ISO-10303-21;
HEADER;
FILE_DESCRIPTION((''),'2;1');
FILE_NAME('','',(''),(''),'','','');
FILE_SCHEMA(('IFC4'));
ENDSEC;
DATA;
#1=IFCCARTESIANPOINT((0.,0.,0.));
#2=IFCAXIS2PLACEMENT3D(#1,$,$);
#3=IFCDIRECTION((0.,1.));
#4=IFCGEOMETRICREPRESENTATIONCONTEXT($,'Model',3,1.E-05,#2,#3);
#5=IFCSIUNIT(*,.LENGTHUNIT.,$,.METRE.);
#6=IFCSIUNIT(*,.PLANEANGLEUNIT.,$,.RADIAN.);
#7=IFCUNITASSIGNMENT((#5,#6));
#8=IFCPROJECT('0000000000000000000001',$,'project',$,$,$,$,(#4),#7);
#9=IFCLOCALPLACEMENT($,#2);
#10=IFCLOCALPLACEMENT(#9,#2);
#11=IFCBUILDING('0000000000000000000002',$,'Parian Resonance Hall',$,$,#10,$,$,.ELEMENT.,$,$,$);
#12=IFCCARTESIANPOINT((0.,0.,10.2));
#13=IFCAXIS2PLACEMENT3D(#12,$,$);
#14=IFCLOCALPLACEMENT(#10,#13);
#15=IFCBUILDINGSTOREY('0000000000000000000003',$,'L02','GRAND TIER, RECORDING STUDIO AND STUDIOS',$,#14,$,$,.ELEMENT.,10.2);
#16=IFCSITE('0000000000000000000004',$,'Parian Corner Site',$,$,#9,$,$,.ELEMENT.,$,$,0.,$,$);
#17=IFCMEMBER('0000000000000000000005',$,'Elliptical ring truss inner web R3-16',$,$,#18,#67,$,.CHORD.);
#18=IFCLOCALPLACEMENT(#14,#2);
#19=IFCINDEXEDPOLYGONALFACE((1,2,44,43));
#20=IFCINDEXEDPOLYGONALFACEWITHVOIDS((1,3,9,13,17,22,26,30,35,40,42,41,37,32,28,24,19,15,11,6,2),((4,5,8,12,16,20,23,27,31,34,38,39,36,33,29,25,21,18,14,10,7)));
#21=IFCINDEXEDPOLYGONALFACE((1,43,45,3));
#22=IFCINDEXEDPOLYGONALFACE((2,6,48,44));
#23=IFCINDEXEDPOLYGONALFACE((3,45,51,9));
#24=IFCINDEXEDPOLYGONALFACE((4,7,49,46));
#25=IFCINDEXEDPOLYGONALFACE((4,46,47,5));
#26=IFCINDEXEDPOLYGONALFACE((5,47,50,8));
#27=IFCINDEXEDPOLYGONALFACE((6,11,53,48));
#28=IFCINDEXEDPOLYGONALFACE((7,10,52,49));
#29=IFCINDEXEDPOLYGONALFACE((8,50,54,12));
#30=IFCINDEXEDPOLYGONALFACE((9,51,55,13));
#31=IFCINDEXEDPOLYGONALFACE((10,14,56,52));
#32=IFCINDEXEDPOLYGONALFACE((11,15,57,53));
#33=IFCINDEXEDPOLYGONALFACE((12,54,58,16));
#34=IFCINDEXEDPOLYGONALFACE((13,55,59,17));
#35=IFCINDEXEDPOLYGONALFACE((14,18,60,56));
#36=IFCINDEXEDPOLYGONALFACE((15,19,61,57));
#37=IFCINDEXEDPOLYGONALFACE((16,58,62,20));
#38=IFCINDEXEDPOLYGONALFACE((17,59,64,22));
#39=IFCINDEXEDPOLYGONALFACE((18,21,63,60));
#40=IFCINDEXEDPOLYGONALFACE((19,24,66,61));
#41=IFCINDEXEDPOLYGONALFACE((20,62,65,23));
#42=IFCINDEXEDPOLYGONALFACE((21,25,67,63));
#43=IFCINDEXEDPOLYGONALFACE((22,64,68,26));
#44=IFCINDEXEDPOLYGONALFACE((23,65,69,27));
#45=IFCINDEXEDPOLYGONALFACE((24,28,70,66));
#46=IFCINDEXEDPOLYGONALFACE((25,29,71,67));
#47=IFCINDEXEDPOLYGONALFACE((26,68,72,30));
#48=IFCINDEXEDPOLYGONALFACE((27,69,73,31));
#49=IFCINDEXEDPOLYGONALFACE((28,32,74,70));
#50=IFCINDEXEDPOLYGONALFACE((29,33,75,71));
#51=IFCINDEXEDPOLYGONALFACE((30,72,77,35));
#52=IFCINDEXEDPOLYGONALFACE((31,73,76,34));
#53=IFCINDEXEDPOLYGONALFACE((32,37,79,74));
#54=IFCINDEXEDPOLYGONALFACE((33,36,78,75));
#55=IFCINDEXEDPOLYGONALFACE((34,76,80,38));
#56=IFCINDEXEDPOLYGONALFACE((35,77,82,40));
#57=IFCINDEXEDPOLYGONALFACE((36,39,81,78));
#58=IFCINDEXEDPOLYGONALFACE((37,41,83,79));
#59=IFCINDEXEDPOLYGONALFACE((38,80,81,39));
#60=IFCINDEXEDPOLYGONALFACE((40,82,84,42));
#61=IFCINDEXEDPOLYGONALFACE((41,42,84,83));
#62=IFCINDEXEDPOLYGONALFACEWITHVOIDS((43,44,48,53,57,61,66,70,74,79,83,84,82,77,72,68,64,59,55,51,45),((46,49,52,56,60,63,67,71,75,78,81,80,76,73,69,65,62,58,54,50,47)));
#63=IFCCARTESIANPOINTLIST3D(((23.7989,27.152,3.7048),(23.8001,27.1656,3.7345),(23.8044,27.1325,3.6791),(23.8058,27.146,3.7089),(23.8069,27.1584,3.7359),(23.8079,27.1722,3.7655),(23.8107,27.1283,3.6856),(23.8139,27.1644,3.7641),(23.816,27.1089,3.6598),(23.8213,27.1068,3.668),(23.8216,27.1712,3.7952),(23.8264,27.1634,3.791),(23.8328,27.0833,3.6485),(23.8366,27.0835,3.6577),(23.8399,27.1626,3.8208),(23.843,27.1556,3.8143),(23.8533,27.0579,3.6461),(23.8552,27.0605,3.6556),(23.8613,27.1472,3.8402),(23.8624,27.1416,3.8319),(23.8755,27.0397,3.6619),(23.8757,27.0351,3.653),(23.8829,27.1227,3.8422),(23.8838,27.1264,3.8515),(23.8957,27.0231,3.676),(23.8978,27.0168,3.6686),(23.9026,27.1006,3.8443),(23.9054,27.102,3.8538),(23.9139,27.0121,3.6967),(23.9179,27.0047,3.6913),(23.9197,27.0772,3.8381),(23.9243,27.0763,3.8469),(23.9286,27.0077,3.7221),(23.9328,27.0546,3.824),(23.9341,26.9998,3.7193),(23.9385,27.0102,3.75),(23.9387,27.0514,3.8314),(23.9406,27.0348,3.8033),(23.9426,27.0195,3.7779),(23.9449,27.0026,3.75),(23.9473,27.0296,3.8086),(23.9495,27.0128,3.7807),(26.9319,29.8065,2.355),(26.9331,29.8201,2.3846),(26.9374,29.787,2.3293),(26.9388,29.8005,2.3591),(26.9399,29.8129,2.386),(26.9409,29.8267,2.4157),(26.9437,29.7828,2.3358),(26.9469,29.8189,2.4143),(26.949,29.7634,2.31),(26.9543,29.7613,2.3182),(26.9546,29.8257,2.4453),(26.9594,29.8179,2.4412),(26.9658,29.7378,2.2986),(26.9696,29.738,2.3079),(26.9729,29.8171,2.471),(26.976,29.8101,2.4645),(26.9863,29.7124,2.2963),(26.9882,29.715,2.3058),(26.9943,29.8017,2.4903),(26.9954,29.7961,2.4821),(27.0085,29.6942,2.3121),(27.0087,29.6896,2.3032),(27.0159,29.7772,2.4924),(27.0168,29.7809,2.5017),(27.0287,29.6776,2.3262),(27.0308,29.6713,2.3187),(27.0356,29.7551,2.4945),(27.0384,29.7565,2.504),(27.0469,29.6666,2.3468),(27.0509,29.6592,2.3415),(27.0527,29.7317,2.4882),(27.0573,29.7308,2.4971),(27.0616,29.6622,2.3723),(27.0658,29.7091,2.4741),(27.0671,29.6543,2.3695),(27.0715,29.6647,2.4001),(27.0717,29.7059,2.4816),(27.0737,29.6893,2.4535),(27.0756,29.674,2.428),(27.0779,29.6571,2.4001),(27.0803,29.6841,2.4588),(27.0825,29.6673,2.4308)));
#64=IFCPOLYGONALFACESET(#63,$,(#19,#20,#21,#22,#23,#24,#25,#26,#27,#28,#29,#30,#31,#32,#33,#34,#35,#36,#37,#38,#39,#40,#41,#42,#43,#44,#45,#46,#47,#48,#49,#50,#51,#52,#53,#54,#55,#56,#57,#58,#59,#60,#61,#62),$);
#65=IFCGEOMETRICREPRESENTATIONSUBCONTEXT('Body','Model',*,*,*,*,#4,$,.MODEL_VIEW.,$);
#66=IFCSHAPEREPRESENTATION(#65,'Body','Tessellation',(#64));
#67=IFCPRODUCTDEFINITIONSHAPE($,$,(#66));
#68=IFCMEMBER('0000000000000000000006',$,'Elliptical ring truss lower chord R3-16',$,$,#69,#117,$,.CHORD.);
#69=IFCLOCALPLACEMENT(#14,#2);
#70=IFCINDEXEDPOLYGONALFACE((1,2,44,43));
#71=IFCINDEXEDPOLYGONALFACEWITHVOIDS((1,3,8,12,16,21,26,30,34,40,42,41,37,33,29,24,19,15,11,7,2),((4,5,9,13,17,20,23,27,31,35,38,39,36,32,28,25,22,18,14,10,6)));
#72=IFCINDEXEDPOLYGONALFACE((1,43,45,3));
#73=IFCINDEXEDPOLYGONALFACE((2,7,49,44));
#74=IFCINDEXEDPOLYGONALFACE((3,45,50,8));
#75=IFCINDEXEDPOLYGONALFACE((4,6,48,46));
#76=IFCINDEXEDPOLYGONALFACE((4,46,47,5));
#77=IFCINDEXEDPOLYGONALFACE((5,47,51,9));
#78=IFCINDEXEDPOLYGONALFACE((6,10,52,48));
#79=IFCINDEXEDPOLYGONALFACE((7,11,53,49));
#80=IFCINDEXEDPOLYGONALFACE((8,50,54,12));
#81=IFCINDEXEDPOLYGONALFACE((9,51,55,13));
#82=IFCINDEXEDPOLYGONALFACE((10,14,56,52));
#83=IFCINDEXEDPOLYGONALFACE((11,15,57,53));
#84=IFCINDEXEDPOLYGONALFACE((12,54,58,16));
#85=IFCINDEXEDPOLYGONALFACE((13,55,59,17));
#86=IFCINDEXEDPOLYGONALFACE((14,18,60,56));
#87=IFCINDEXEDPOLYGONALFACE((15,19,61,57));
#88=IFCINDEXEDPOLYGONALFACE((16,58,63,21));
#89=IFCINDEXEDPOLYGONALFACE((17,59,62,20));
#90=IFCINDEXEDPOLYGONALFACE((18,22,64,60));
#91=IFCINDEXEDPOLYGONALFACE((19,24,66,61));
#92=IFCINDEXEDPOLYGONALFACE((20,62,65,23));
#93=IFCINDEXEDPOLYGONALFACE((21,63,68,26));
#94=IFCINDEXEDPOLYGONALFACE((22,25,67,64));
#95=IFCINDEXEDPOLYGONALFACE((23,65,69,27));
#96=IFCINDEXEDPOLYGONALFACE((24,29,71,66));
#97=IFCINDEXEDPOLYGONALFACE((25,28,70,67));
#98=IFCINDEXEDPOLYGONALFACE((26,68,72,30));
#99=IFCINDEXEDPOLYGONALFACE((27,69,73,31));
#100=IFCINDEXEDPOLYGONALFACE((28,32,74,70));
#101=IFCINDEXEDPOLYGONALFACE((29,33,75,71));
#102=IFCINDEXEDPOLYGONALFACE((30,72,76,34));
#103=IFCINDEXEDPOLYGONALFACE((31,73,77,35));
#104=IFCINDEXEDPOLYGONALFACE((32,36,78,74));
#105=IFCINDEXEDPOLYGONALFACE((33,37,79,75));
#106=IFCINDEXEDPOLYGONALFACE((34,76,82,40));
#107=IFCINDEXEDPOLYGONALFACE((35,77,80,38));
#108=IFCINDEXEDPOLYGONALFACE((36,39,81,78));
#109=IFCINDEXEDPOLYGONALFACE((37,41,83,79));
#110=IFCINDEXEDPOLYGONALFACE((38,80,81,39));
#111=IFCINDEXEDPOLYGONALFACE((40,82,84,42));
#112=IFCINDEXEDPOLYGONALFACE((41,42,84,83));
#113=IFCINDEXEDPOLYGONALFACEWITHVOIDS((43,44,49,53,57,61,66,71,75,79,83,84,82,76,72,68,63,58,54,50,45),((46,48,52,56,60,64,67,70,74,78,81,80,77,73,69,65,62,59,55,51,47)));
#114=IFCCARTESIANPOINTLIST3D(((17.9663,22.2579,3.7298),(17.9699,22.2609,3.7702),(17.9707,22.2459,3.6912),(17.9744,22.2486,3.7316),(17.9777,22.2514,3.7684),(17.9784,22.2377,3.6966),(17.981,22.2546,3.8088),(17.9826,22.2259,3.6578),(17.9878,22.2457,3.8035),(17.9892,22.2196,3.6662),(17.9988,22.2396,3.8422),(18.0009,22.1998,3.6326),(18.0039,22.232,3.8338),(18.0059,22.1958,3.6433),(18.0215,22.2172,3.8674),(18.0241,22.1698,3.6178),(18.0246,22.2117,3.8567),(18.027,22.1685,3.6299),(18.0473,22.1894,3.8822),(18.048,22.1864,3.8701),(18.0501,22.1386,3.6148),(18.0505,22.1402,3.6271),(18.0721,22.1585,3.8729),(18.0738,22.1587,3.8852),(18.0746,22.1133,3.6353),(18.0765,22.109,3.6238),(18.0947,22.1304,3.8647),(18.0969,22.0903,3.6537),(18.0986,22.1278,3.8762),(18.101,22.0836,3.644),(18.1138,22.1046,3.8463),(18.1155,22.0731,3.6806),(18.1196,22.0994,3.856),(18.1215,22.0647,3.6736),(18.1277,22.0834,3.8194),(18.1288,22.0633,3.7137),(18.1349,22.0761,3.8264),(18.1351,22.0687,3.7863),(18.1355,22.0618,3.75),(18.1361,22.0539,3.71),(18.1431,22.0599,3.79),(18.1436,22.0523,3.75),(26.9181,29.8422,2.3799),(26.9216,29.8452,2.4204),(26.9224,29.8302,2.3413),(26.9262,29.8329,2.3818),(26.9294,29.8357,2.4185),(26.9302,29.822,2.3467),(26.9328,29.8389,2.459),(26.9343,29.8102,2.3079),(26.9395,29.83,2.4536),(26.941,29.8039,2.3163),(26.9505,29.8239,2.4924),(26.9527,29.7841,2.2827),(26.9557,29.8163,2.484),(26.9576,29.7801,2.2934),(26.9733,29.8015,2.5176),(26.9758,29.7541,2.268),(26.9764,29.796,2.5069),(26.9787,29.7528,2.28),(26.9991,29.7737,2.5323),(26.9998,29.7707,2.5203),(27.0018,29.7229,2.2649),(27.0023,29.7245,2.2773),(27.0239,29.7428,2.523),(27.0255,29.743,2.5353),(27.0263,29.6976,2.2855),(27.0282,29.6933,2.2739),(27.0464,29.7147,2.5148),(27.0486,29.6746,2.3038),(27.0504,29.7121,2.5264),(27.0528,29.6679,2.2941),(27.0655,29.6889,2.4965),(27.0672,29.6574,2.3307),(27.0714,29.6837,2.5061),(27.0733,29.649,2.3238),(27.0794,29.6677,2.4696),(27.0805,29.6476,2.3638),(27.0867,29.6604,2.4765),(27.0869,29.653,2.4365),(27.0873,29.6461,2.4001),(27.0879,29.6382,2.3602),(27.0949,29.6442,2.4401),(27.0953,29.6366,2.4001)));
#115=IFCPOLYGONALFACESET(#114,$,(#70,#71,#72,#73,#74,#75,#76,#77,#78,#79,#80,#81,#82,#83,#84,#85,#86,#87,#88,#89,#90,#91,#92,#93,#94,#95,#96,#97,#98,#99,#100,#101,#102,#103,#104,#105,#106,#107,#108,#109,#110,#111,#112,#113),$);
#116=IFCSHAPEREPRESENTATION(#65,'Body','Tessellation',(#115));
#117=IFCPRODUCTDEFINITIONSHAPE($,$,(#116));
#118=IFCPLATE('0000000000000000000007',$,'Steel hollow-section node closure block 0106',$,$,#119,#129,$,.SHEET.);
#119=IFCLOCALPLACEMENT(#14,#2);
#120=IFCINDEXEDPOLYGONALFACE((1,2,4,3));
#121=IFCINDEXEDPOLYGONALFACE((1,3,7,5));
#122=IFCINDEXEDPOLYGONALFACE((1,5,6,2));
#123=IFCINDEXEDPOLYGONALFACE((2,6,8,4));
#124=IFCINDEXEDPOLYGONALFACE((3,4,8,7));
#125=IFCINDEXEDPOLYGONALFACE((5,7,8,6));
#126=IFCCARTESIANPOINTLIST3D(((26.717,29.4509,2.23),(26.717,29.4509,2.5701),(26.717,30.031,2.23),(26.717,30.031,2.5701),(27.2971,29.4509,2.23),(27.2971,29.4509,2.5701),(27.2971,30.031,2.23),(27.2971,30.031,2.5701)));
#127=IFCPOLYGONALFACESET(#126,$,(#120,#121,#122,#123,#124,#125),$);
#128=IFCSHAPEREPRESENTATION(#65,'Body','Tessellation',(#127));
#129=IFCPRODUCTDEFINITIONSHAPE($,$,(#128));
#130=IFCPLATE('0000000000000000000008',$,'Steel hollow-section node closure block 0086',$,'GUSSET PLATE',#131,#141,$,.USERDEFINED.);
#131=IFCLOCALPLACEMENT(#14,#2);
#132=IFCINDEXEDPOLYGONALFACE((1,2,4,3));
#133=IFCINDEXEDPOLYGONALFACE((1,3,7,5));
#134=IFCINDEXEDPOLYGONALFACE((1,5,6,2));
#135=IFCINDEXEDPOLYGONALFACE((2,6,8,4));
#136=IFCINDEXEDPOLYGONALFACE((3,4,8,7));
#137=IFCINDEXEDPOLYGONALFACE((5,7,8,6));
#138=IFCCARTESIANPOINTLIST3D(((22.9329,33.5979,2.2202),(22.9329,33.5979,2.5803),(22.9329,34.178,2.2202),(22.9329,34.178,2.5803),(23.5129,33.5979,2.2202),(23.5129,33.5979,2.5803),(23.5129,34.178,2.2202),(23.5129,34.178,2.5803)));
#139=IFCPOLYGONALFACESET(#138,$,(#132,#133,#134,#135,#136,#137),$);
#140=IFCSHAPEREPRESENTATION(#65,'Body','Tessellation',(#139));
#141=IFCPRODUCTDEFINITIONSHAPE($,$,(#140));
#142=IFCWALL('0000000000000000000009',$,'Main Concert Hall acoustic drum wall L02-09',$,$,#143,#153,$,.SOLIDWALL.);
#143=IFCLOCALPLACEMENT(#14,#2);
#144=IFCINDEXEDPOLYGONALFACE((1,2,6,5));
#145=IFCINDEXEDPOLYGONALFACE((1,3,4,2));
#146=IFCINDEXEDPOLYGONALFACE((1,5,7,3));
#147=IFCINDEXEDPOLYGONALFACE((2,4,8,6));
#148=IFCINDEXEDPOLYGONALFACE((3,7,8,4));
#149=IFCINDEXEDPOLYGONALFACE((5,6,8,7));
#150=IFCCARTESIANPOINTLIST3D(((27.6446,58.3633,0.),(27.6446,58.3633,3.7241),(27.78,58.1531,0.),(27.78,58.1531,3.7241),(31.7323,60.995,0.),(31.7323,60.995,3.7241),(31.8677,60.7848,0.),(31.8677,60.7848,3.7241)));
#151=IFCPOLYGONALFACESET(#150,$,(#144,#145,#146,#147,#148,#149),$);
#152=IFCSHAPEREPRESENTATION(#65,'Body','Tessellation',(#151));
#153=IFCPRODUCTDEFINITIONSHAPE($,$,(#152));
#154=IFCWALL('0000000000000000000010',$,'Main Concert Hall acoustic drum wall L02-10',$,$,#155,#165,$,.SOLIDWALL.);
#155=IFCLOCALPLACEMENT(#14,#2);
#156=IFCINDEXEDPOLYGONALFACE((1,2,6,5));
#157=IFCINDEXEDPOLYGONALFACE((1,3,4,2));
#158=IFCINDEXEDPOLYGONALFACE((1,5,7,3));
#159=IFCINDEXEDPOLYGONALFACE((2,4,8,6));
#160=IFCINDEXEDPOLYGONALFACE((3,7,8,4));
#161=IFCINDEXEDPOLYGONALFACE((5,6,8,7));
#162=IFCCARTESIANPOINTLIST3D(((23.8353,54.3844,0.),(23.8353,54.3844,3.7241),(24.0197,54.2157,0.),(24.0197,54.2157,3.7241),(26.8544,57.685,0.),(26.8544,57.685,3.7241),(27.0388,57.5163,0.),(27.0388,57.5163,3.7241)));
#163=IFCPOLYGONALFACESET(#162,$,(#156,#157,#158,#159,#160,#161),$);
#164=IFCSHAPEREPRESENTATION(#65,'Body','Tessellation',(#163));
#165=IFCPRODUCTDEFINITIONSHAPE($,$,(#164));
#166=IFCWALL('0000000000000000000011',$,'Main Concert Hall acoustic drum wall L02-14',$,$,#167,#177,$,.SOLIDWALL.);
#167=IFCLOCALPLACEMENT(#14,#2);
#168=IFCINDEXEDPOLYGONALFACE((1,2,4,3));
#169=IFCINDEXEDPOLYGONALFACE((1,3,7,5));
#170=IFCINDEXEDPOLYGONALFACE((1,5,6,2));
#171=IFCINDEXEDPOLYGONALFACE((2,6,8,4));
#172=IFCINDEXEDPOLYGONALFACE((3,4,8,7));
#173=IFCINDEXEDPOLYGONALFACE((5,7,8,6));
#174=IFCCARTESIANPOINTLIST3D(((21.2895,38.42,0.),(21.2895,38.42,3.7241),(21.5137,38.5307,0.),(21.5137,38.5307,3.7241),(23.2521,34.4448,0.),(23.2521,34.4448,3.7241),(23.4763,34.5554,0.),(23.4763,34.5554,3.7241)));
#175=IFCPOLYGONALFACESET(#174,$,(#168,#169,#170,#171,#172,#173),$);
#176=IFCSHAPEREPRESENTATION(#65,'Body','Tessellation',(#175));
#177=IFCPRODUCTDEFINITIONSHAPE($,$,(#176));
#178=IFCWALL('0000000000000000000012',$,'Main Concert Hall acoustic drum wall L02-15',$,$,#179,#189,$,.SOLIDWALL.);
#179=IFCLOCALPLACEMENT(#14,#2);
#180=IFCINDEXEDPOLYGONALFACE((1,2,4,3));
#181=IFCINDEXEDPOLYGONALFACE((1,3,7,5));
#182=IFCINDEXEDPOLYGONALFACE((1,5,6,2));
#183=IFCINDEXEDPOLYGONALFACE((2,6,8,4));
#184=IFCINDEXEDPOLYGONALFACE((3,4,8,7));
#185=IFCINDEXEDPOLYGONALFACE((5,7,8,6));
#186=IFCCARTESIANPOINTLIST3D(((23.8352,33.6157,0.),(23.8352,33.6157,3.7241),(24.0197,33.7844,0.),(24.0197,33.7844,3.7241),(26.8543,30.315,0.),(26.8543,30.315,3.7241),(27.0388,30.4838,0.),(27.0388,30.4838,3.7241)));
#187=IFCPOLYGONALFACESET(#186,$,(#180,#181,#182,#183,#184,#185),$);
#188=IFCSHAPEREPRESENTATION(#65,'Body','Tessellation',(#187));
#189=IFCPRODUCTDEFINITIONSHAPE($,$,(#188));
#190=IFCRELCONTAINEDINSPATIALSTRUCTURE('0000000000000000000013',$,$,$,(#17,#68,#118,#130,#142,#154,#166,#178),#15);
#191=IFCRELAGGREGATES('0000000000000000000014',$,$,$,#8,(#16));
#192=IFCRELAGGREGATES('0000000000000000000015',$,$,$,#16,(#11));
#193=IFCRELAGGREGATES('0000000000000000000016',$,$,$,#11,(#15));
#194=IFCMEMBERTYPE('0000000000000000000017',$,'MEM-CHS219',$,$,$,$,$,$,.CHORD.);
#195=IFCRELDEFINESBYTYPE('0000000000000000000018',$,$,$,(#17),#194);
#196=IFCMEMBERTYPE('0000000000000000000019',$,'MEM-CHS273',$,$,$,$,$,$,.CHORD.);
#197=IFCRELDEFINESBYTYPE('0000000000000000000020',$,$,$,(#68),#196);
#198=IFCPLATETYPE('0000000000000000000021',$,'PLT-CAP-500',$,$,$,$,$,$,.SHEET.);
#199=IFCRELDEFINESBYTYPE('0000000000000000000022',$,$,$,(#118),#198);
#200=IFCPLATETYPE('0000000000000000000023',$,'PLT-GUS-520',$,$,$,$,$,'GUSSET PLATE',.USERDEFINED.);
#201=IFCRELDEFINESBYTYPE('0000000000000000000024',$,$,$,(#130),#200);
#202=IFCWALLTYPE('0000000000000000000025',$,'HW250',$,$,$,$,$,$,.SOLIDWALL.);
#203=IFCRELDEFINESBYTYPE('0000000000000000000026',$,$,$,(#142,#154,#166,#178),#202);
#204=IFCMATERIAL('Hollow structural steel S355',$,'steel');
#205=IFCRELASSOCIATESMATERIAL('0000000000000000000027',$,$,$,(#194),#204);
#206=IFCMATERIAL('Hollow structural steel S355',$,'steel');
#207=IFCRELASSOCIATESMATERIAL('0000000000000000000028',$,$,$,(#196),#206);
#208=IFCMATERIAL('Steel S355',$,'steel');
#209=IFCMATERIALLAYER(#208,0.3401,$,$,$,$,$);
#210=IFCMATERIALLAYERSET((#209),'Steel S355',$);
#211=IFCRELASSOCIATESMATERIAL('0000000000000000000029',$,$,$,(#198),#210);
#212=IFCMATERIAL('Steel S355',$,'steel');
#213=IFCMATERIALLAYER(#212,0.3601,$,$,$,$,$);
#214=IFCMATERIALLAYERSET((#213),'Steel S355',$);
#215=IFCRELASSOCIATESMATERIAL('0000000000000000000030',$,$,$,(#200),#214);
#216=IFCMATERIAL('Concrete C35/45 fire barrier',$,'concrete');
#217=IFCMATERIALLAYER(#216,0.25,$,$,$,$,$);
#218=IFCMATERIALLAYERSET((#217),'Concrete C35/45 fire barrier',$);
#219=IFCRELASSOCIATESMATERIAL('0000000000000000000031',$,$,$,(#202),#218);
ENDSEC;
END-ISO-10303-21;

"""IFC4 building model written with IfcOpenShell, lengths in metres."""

from ifc_helpers import new_model, si_unit, direction, frame, frame_2d, origin, origin_2d, place, context, subcontext, project, spatial, rectangle, hollow_circle, extrude, material, layer, layer_set, material_profile, profile_set, type_object, element, save


model = new_model("IFC4")

# Units and contexts
model_context = context("Model", 3, precision=1e-05, world=origin(), true_north=direction((0.0, 1.0)))
body_context = subcontext(model_context, "Body", "Model", "MODEL_VIEW")
ifc_project = project(units=[si_unit("LENGTHUNIT", "METRE"), si_unit("PLANEANGLEUNIT", "RADIAN")], contexts=[model_context])

# Site, building, storey
site_placement = place(None, origin())
site = spatial("IfcSite", under=ifc_project, at=site_placement, Name="Parian Corner Site", CompositionType="ELEMENT", RefElevation=0.0)
building_placement = place(site_placement, origin())
building = spatial("IfcBuilding", under=site, at=building_placement, Name="Parian Resonance Hall", CompositionType="ELEMENT")
storey_placement = place(building_placement, frame((0.0, 0.0, 10.2)))
storey = spatial("IfcBuildingStorey", under=building, at=storey_placement, Name="L02", Description="GRAND TIER, RECORDING STUDIO AND STUDIOS", CompositionType="ELEMENT", Elevation=10.2)

# Members
ifc_material_1 = material(Name="Hollow structural steel S355", Category="steel")
ifc_material_profile_1 = material_profile(ifc_material_1, hollow_circle(Radius=0.1096, WallThickness=0.01, at=origin_2d()), Name="CHS219.1x10")
ifc_profile_set_1 = profile_set([ifc_material_profile_1], Name="Hollow structural steel S355")
member_type_1 = type_object("IfcMemberType", Name="MEM-CHS219", PredefinedType="CHORD", material=ifc_profile_set_1)
member_1_placement = place(storey_placement, frame((27.0071, 29.7407, 2.4001), z_axis=(-0.724811, -0.61411, 0.312279), x_axis=(0.646438, -0.762967, 0.0)))
element("IfcMember", 1, at=member_1_placement, inside=storey, type_object=member_type_1, Name="Elliptical ring truss inner web R3-16", PredefinedType="CHORD", context=body_context, shape_type="SweptSolid", body=[
    extrude(hollow_circle(Radius=0.1096, WallThickness=0.01, at=origin_2d()), origin(), (0.0, 0.0, 1.0), 4.3225),
])
ifc_material_2 = material(Name="Hollow structural steel S355", Category="steel")
ifc_material_profile_2 = material_profile(ifc_material_2, hollow_circle(Radius=0.1365, WallThickness=0.0125, at=origin_2d()), Name="CHS273x12.5")
ifc_profile_set_2 = profile_set([ifc_material_profile_2], Name="Hollow structural steel S355")
member_type_2 = type_object("IfcMemberType", Name="MEM-CHS273", PredefinedType="CHORD", material=ifc_profile_set_2)
member_2_placement = place(storey_placement, frame((27.0071, 29.7407, 2.4001), z_axis=(-0.757976, -0.64219, 0.114298), x_axis=(0.646426, -0.762976, 0.0)))
element("IfcMember", 2, at=member_2_placement, inside=storey, type_object=member_type_2, Name="Elliptical ring truss lower chord R3-16", PredefinedType="CHORD", context=body_context, shape_type="SweptSolid", body=[
    extrude(hollow_circle(Radius=0.1365, WallThickness=0.0125, at=origin_2d()), origin(), (0.0, 0.0, 1.0), 11.8101),
])

# Plates
ifc_material_3 = material(Name="Steel S355", Category="steel")
ifc_layer_1 = layer(ifc_material_3, 0.3401)
ifc_layer_set_1 = layer_set([ifc_layer_1], Name="Steel S355")
plate_type_1 = type_object("IfcPlateType", Name="PLT-CAP-500", PredefinedType="SHEET", material=ifc_layer_set_1)
plate_1_placement = place(storey_placement, frame((27.0071, 29.741, 2.23), z_axis=(0.0, 0.0, 1.0), x_axis=(1.0, 0.0, 0.0)))
element("IfcPlate", 3, at=plate_1_placement, inside=storey, type_object=plate_type_1, Name="Steel hollow-section node closure block 0106", PredefinedType="SHEET", context=body_context, shape_type="SweptSolid", body=[
    extrude(rectangle(XDim=0.5801, YDim=0.5801, at=origin_2d()), origin(), (0.0, 0.0, 1.0), 0.3401),
])
ifc_material_4 = material(Name="Steel S355", Category="steel")
ifc_layer_2 = layer(ifc_material_4, 0.3601)
ifc_layer_set_2 = layer_set([ifc_layer_2], Name="Steel S355")
plate_type_2 = type_object("IfcPlateType", Name="PLT-GUS-520", ElementType="GUSSET PLATE", PredefinedType="USERDEFINED", material=ifc_layer_set_2)
plate_2_placement = place(storey_placement, frame((23.2229, 33.8879, 2.2202), z_axis=(0.0, 0.0, 1.0), x_axis=(1.0, 0.0, 0.0)))
element("IfcPlate", 4, at=plate_2_placement, inside=storey, type_object=plate_type_2, Name="Steel hollow-section node closure block 0086", ObjectType="GUSSET PLATE", PredefinedType="USERDEFINED", context=body_context, shape_type="SweptSolid", body=[
    extrude(rectangle(XDim=0.5801, YDim=0.5801, at=origin_2d()), origin(), (0.0, 0.0, 1.0), 0.3601),
])

# Walls
ifc_material_5 = material(Name="Concrete C35/45 fire barrier", Category="concrete")
ifc_layer_3 = layer(ifc_material_5, 0.25)
ifc_layer_set_3 = layer_set([ifc_layer_3], Name="Concrete C35/45 fire barrier")
wall_type = type_object("IfcWallType", Name="HW250", PredefinedType="SOLIDWALL", material=ifc_layer_set_3)
wall_1_placement = place(storey_placement, frame((27.7124, 58.2583, 0.0), z_axis=(0.0, 0.0, 1.0), x_axis=(0.840821, 0.541313, 0.0)))
element("IfcWall", 5, at=wall_1_placement, inside=storey, type_object=wall_type, Name="Main Concert Hall acoustic drum wall L02-09", PredefinedType="SOLIDWALL", context=body_context, shape_type="SweptSolid", body=[
    extrude(rectangle(XDim=4.8616, YDim=0.25, at=frame_2d((2.4307, 0.0))), origin(), (0.0, 0.0, 1.0), 3.7241),
])
wall_2_placement = place(storey_placement, frame((23.9275, 54.3, 0.0), z_axis=(0.0, 0.0, 1.0), x_axis=(0.674941, 0.737872, 0.0)))
element("IfcWall", 6, at=wall_2_placement, inside=storey, type_object=wall_type, Name="Main Concert Hall acoustic drum wall L02-10", PredefinedType="SOLIDWALL", context=body_context, shape_type="SweptSolid", body=[
    extrude(rectangle(XDim=4.4731, YDim=0.25, at=frame_2d((2.2366, 0.0))), origin(), (0.0, 0.0, 1.0), 3.7241),
])
wall_3_placement = place(storey_placement, frame((23.3643, 34.5, 0.0), z_axis=(0.0, 0.0, 1.0), x_axis=(-0.442692, 0.896674, 0.0)))
element("IfcWall", 7, at=wall_3_placement, inside=storey, type_object=wall_type, Name="Main Concert Hall acoustic drum wall L02-14", PredefinedType="SOLIDWALL", context=body_context, shape_type="SweptSolid", body=[
    extrude(rectangle(XDim=4.4333, YDim=0.25, at=frame_2d((2.2168, 0.0))), origin(), (0.0, 0.0, 1.0), 3.7241),
])
wall_4_placement = place(storey_placement, frame((26.9465, 30.3994, 0.0), z_axis=(0.0, 0.0, 1.0), x_axis=(-0.674941, 0.737872, 0.0)))
element("IfcWall", 8, at=wall_4_placement, inside=storey, type_object=wall_type, Name="Main Concert Hall acoustic drum wall L02-15", PredefinedType="SOLIDWALL", context=body_context, shape_type="SweptSolid", body=[
    extrude(rectangle(XDim=4.4731, YDim=0.25, at=frame_2d((2.2366, 0.0))), origin(), (0.0, 0.0, 1.0), 3.7241),
])

save(model, "model.ifc")
